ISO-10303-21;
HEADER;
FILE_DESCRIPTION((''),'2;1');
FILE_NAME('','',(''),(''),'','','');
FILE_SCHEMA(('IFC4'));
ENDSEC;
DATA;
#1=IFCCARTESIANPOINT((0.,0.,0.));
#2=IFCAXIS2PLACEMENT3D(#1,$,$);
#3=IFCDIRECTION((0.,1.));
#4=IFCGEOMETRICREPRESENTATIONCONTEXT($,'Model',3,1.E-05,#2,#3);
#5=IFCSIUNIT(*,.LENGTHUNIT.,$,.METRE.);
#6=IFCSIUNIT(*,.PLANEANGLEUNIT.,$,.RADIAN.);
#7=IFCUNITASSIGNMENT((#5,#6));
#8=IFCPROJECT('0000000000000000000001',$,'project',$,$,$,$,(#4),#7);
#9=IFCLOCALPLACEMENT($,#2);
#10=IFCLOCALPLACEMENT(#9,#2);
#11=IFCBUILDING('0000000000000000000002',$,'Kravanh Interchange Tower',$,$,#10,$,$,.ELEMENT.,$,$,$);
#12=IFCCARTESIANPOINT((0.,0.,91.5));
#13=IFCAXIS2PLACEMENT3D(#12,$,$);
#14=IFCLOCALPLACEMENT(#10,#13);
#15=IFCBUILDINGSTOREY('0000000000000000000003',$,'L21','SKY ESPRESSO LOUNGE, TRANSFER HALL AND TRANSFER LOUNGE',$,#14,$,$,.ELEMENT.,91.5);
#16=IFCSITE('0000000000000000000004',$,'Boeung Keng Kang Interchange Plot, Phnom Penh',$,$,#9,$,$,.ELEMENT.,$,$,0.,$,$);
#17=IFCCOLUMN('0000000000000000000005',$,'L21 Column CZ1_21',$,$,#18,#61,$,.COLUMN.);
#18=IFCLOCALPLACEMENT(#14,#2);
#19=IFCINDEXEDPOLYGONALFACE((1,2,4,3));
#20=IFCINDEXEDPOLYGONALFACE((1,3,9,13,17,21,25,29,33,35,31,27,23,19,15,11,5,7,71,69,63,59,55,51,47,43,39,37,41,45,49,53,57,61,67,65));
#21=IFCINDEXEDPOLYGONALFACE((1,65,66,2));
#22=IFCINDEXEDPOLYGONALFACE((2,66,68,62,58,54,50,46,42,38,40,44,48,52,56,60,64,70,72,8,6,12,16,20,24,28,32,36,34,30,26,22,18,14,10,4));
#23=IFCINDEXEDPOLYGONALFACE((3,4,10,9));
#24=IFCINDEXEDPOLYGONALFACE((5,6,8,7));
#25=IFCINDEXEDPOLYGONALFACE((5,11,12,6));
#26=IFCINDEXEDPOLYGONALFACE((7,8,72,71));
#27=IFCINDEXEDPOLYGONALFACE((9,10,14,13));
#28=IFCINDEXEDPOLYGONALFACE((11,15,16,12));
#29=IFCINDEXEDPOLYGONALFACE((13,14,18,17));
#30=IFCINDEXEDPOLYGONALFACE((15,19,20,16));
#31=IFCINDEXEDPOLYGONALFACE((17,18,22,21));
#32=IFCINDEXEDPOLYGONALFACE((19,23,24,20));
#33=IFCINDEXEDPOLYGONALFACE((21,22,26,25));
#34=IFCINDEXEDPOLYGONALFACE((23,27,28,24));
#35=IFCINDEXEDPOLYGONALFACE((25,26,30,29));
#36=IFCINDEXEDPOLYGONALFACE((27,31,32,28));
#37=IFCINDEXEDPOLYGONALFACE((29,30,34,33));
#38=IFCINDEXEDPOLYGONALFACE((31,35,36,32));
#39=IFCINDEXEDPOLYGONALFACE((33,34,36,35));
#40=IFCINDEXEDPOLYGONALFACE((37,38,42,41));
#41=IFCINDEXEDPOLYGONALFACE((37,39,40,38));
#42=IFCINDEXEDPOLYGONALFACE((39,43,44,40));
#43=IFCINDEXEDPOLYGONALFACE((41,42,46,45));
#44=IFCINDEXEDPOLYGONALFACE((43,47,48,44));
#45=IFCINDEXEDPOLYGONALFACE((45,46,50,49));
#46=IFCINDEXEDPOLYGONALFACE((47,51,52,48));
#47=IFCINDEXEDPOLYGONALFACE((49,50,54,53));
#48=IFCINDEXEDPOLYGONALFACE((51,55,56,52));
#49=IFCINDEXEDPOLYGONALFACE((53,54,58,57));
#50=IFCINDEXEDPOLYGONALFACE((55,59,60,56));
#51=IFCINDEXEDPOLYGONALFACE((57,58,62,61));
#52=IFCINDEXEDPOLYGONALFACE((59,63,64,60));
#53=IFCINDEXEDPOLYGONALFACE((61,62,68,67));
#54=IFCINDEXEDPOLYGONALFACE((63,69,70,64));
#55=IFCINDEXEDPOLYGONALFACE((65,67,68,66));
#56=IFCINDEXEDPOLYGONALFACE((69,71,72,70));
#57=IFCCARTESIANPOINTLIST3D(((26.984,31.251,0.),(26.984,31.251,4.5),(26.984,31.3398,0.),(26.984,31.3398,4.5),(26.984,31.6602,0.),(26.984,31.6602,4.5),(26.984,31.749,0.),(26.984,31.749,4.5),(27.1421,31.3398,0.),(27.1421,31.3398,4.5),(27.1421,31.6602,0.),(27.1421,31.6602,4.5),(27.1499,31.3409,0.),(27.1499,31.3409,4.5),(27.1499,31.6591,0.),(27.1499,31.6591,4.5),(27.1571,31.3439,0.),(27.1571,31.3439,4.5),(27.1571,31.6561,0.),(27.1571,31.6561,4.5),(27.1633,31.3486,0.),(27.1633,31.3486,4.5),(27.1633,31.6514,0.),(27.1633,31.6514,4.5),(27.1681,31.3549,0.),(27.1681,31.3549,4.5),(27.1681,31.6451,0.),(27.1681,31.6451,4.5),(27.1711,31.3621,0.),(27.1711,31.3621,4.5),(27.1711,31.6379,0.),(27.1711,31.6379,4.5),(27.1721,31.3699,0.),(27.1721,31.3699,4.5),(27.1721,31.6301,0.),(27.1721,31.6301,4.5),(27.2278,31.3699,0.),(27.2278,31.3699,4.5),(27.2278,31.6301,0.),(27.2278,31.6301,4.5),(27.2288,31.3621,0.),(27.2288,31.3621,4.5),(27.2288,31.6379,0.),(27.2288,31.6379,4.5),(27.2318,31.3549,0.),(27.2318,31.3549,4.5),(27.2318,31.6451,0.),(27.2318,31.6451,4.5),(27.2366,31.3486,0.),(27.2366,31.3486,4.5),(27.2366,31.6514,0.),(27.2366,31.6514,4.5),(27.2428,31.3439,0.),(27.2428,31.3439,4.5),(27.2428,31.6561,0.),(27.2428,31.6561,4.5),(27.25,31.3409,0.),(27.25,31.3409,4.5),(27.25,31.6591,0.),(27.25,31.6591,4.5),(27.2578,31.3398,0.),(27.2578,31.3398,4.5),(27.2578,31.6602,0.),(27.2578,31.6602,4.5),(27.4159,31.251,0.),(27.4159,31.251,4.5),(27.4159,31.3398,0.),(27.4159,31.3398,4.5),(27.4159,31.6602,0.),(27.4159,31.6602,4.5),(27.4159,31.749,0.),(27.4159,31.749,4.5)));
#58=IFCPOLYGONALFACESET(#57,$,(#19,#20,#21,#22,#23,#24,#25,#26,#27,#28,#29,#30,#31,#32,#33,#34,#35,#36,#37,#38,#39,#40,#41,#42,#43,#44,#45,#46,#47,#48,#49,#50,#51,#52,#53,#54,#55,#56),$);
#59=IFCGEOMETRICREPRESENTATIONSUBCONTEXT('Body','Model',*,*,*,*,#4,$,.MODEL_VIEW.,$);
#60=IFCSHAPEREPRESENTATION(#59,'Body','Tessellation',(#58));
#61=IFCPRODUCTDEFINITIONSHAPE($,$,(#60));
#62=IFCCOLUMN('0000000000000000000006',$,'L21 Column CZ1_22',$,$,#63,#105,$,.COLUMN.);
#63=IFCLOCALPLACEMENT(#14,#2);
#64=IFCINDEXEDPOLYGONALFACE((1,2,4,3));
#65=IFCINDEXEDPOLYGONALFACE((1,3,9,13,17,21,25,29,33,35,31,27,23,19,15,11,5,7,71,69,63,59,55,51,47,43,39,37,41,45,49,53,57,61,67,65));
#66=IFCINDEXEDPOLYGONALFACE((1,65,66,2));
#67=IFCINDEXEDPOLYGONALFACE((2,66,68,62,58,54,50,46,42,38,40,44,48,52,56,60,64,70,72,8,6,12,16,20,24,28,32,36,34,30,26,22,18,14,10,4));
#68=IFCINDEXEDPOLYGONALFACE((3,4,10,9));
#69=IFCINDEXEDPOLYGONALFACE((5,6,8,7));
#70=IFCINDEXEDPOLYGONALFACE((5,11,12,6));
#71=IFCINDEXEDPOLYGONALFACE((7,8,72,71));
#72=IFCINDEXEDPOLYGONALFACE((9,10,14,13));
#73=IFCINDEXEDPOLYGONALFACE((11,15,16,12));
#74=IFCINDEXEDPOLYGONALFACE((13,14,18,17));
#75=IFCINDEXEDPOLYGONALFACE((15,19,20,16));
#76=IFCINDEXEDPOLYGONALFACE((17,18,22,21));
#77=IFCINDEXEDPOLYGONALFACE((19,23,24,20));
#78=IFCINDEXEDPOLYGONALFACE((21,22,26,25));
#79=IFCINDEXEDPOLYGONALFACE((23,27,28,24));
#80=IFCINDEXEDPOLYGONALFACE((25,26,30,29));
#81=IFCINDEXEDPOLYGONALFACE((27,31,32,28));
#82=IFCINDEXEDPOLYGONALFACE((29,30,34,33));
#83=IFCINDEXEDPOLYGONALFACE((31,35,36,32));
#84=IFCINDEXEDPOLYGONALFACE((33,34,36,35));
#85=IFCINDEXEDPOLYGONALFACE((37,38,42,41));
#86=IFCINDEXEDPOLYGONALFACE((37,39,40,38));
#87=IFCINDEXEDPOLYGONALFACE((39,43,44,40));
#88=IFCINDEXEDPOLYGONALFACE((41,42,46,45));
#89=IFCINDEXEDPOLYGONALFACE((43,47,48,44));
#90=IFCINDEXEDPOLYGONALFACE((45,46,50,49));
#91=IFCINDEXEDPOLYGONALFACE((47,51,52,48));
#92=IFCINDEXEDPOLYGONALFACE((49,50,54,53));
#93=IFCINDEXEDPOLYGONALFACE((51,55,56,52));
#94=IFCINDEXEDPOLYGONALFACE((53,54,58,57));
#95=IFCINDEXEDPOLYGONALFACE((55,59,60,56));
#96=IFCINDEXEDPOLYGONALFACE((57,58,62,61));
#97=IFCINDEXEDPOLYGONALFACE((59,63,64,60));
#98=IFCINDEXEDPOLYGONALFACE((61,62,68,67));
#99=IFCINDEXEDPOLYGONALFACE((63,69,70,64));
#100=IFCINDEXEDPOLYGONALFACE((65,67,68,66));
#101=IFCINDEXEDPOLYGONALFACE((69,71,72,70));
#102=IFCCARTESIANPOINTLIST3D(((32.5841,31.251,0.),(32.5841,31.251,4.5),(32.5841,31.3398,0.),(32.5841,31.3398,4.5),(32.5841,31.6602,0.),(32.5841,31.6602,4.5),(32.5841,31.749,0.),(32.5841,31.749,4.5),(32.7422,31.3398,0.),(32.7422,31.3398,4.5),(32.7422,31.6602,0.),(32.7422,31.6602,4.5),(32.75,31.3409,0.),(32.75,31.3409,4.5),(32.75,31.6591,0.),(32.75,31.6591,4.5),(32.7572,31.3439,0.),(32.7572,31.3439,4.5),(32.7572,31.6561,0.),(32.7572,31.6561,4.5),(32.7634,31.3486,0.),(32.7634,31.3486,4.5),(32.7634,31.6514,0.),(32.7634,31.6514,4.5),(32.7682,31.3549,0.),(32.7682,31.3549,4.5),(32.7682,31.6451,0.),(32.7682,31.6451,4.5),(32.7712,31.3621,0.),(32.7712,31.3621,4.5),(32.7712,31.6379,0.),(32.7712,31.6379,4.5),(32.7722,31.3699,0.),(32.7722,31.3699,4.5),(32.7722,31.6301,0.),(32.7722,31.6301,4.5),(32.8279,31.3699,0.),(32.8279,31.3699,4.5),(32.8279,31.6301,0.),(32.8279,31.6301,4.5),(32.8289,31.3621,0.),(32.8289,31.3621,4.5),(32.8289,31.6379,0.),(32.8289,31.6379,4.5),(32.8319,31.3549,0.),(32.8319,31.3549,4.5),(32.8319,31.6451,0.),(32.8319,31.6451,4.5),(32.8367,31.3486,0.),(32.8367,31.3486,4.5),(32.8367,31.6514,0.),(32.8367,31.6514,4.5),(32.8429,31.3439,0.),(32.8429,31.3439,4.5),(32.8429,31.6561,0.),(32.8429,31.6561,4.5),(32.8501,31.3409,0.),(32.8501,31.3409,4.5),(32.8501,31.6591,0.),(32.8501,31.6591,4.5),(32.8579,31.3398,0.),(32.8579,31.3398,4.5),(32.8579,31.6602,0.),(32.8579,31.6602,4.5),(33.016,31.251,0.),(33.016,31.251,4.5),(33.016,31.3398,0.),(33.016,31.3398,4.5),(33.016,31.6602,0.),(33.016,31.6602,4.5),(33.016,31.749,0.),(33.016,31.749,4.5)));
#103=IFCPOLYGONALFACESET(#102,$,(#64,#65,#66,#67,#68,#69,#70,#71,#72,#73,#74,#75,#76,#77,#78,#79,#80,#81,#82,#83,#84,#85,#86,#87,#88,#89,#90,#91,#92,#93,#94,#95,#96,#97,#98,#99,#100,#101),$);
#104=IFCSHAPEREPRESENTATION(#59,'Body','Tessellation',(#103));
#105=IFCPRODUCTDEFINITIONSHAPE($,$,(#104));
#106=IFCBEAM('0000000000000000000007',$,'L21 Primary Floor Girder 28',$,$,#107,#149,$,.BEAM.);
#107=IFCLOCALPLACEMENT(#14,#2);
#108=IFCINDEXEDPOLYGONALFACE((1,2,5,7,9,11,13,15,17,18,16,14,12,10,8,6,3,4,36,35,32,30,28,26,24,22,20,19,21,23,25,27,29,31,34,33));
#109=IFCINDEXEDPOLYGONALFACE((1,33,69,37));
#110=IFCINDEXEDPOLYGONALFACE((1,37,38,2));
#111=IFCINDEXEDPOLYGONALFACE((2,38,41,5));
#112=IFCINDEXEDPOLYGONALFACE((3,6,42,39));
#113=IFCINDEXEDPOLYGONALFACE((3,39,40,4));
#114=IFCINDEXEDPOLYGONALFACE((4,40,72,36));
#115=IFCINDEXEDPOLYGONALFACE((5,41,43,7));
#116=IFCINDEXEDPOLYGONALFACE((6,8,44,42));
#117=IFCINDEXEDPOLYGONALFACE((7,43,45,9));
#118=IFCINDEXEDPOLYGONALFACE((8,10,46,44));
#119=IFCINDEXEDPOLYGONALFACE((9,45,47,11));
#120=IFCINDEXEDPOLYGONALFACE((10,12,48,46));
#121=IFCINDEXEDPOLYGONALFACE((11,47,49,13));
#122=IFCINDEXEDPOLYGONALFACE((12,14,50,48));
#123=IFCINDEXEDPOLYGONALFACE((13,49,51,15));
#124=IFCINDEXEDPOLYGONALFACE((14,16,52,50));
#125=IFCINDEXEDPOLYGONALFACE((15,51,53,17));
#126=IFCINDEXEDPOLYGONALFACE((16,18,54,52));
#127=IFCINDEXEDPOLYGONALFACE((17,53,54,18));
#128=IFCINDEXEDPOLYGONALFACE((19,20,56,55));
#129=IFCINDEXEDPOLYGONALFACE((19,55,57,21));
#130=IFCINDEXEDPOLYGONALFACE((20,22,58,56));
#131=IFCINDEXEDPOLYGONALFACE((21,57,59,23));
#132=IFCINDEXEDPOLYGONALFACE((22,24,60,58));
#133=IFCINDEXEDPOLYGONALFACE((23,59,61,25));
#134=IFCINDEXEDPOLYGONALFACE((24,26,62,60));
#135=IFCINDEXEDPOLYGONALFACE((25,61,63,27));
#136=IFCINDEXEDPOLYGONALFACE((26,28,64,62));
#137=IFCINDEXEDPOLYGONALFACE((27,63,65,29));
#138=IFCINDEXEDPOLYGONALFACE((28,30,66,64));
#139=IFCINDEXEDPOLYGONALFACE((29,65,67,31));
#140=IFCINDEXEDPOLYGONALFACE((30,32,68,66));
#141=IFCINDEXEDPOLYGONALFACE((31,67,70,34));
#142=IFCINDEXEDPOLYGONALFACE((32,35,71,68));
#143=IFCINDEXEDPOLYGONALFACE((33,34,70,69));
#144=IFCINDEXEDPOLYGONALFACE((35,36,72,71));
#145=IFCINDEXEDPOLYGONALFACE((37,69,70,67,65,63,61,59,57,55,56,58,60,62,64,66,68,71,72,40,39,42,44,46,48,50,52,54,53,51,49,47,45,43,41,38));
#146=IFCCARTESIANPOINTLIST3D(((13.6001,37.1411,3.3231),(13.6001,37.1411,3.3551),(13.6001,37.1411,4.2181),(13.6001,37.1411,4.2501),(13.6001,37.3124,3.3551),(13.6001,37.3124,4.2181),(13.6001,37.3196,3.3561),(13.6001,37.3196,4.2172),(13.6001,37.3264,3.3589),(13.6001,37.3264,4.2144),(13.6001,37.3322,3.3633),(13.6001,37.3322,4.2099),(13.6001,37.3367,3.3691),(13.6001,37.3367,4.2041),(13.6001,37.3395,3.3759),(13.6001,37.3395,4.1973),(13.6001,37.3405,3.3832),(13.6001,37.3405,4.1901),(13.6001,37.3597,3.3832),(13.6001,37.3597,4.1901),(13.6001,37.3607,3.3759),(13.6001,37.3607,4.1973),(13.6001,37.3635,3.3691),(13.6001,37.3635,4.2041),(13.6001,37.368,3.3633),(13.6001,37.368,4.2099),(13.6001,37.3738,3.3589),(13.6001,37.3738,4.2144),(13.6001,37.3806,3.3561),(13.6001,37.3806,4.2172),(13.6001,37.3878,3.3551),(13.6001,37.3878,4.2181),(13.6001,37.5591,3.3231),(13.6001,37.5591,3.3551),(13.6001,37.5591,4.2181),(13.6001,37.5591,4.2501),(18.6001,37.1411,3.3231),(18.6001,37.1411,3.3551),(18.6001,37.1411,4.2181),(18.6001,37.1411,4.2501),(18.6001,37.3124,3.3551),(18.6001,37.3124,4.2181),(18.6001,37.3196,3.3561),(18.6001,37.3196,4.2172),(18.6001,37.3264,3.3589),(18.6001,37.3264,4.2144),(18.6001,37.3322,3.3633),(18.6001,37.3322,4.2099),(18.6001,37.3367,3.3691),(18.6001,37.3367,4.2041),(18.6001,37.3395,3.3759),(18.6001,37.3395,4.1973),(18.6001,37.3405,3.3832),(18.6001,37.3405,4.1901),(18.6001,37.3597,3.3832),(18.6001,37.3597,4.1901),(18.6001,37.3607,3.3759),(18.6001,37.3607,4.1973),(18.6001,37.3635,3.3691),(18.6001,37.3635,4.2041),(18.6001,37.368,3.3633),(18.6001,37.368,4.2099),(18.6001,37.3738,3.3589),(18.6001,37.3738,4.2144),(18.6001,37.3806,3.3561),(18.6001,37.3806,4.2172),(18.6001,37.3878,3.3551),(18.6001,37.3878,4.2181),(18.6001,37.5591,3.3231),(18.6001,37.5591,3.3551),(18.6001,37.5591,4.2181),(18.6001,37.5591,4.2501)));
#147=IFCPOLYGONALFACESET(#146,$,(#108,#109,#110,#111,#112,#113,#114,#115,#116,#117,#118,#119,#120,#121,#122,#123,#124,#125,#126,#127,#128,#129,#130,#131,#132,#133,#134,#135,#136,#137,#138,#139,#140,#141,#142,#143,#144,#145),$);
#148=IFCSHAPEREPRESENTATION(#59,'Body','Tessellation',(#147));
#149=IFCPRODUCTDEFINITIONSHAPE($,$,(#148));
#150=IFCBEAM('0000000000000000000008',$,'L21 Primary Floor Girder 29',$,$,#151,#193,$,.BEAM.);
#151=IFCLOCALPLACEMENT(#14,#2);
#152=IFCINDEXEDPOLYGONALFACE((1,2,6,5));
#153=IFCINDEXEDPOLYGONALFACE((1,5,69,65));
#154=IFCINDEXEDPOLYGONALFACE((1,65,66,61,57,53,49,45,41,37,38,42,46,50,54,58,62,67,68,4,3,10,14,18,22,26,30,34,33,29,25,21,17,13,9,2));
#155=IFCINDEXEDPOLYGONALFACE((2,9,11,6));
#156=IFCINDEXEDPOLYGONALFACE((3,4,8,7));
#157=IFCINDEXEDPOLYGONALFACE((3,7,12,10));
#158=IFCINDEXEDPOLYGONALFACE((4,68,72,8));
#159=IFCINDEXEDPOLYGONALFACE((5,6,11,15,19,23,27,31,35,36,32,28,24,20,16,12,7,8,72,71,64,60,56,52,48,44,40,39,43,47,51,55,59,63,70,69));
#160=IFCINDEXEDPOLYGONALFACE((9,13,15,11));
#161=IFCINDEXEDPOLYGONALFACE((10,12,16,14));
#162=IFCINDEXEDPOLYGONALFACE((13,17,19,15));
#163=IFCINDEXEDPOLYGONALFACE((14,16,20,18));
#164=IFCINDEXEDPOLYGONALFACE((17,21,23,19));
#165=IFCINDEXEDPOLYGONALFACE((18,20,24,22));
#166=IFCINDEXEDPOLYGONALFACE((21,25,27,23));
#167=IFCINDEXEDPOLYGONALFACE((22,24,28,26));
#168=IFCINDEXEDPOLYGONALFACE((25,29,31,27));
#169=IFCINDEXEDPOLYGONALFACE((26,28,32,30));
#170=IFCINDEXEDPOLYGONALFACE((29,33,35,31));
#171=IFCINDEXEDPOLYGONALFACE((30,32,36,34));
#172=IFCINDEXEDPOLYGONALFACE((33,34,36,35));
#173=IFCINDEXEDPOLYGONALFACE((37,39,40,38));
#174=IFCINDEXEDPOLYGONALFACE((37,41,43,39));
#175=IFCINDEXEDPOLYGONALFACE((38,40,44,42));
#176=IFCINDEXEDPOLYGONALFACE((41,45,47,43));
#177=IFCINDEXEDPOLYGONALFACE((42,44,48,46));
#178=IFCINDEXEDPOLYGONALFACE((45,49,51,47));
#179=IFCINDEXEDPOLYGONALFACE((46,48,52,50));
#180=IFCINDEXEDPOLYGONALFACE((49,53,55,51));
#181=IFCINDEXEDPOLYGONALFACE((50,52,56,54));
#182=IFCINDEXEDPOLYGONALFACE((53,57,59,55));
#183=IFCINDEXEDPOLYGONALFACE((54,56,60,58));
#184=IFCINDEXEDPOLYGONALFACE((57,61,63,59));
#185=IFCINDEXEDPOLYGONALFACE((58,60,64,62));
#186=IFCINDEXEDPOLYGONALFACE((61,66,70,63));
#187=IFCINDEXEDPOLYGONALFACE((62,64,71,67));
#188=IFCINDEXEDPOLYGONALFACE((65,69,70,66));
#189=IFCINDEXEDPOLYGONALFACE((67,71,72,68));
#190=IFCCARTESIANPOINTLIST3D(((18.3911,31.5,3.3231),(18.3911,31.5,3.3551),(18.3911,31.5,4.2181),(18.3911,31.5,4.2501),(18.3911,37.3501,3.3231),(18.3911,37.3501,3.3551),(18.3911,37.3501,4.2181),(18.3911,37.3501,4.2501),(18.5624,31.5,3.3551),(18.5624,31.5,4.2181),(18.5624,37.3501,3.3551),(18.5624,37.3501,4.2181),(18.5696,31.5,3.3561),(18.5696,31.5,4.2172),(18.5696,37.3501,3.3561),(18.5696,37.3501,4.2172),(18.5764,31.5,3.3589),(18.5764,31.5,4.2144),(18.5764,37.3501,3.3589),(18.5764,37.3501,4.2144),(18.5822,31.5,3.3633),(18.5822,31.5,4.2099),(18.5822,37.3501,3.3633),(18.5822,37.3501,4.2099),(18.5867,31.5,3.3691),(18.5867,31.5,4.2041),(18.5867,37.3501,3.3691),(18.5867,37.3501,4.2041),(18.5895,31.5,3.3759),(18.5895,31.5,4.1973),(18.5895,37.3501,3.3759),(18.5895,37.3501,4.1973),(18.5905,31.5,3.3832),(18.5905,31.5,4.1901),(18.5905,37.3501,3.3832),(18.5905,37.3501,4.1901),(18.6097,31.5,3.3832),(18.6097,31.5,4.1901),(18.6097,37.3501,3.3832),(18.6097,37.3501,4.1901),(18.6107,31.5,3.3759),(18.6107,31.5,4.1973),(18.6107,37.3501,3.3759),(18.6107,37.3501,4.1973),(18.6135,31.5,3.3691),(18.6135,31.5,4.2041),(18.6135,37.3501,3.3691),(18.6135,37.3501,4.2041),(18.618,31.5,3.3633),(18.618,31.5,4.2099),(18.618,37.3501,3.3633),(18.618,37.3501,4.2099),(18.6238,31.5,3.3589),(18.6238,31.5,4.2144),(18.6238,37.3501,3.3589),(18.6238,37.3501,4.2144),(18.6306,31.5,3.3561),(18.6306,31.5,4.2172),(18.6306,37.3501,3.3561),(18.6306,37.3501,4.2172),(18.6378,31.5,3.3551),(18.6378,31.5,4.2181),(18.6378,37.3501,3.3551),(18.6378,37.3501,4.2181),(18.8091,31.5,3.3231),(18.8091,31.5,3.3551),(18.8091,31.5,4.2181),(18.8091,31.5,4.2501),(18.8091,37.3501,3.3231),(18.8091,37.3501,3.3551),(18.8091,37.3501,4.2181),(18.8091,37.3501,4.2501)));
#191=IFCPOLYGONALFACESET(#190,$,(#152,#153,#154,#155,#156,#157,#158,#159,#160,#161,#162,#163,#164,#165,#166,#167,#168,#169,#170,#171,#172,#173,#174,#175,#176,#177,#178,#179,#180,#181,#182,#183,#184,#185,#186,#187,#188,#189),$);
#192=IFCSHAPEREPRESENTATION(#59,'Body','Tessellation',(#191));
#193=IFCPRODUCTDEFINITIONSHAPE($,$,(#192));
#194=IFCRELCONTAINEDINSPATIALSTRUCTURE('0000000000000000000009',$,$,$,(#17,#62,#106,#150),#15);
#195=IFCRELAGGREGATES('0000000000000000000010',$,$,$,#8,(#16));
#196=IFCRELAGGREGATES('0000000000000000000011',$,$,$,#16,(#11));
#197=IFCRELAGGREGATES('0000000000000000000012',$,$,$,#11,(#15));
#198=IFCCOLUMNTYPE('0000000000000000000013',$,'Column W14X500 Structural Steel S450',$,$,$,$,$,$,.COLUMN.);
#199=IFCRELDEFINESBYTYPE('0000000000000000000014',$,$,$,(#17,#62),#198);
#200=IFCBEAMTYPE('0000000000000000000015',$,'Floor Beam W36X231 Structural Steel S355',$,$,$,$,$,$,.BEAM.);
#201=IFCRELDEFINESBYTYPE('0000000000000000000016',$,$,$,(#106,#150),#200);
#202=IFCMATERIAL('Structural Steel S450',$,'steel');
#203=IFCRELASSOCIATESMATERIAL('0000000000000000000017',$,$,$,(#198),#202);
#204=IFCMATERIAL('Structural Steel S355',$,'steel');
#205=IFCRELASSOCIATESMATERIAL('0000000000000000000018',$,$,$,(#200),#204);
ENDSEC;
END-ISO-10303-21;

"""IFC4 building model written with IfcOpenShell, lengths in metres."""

from ifc_helpers import new_model, si_unit, direction, frame, origin, origin_2d, place, context, subcontext, project, spatial, i_section, extrude, material, material_profile, profile_set, type_object, element, save


model = new_model("IFC4")

# Units and contexts
model_context = context("Model", 3, precision=1e-05, world=origin(), true_north=direction((0.0, 1.0)))
body_context = subcontext(model_context, "Body", "Model", "MODEL_VIEW")
ifc_project = project(units=[si_unit("LENGTHUNIT", "METRE"), si_unit("PLANEANGLEUNIT", "RADIAN")], contexts=[model_context])

# Site, building, storey
site_placement = place(None, origin())
site = spatial("IfcSite", under=ifc_project, at=site_placement, Name="Boeung Keng Kang Interchange Plot, Phnom Penh", CompositionType="ELEMENT", RefElevation=0.0)
building_placement = place(site_placement, origin())
building = spatial("IfcBuilding", under=site, at=building_placement, Name="Kravanh Interchange Tower", CompositionType="ELEMENT")
storey_placement = place(building_placement, frame((0.0, 0.0, 91.5)))
storey = spatial("IfcBuildingStorey", under=building, at=storey_placement, Name="L21", Description="SKY ESPRESSO LOUNGE, TRANSFER HALL AND TRANSFER LOUNGE", CompositionType="ELEMENT", Elevation=91.5)

# Columns
ifc_material_1 = material(Name="Structural Steel S450", Category="steel")
ifc_material_profile_1 = material_profile(ifc_material_1, i_section(OverallWidth=0.4319, OverallDepth=0.498, WebThickness=0.0557, FlangeThickness=0.0889, FilletRadius=0.03, at=origin_2d()), Name="W14X500")
ifc_profile_set_1 = profile_set([ifc_material_profile_1], Name="Structural Steel S450")
column_type_1 = type_object("IfcColumnType", Name="Column W14X500 Structural Steel S450", PredefinedType="COLUMN", material=ifc_profile_set_1)
for number, where, z_axis, x_axis, name in (
    (1, (27.2, 31.5, 0.0), (0.0, 0.0, 1.0), (1.0, 0.0, 0.0), "L21 Column CZ1_21"),
    (2, (32.8, 31.5, 0.0), (0.0, 0.0, 1.0), (1.0, 0.0, 0.0), "L21 Column CZ1_22"),
):
    element("IfcColumn", number, at=place(storey_placement, frame(where, z_axis=z_axis, x_axis=x_axis)), inside=storey, type_object=column_type_1, Name=name, PredefinedType="COLUMN", context=body_context, shape_type="SweptSolid", body=[
        extrude(i_section(OverallWidth=0.4319, OverallDepth=0.498, WebThickness=0.0557, FlangeThickness=0.0889, FilletRadius=0.03, at=origin_2d()), origin(), (0.0, 0.0, 1.0), 4.5),
    ])

# Beams
ifc_material_2 = material(Name="Structural Steel S355", Category="steel")
ifc_material_profile_2 = material_profile(ifc_material_2, i_section(OverallWidth=0.418, OverallDepth=0.927, WebThickness=0.0193, FlangeThickness=0.032, FilletRadius=0.0281, at=origin_2d()), Name="W36X231")
ifc_profile_set_2 = profile_set([ifc_material_profile_2], Name="Structural Steel S355")
beam_type_1 = type_object("IfcBeamType", Name="Floor Beam W36X231 Structural Steel S355", PredefinedType="BEAM", material=ifc_profile_set_2)
beam_1_placement = place(storey_placement, frame((18.6001, 37.3501, 3.7866), z_axis=(-1.0, 0.0, 0.0), x_axis=(0.0, -1.0, 0.0)))
element("IfcBeam", 3, at=beam_1_placement, inside=storey, type_object=beam_type_1, Name="L21 Primary Floor Girder 28", PredefinedType="BEAM", context=body_context, shape_type="SweptSolid", body=[
    extrude(i_section(OverallWidth=0.418, OverallDepth=0.927, WebThickness=0.0193, FlangeThickness=0.032, FilletRadius=0.0281, at=origin_2d()), origin(), (0.0, 0.0, 1.0), 5.0),
])
beam_2_placement = place(storey_placement, frame((18.6001, 37.3501, 3.7866), z_axis=(0.0, -1.0, 0.0), x_axis=(1.0, 0.0, 0.0)))
element("IfcBeam", 4, at=beam_2_placement, inside=storey, type_object=beam_type_1, Name="L21 Primary Floor Girder 29", PredefinedType="BEAM", context=body_context, shape_type="SweptSolid", body=[
    extrude(i_section(OverallWidth=0.418, OverallDepth=0.927, WebThickness=0.0193, FlangeThickness=0.032, FilletRadius=0.0281, at=origin_2d()), origin(), (0.0, 0.0, 1.0), 5.8501),
])

save(model, "model.ifc")
